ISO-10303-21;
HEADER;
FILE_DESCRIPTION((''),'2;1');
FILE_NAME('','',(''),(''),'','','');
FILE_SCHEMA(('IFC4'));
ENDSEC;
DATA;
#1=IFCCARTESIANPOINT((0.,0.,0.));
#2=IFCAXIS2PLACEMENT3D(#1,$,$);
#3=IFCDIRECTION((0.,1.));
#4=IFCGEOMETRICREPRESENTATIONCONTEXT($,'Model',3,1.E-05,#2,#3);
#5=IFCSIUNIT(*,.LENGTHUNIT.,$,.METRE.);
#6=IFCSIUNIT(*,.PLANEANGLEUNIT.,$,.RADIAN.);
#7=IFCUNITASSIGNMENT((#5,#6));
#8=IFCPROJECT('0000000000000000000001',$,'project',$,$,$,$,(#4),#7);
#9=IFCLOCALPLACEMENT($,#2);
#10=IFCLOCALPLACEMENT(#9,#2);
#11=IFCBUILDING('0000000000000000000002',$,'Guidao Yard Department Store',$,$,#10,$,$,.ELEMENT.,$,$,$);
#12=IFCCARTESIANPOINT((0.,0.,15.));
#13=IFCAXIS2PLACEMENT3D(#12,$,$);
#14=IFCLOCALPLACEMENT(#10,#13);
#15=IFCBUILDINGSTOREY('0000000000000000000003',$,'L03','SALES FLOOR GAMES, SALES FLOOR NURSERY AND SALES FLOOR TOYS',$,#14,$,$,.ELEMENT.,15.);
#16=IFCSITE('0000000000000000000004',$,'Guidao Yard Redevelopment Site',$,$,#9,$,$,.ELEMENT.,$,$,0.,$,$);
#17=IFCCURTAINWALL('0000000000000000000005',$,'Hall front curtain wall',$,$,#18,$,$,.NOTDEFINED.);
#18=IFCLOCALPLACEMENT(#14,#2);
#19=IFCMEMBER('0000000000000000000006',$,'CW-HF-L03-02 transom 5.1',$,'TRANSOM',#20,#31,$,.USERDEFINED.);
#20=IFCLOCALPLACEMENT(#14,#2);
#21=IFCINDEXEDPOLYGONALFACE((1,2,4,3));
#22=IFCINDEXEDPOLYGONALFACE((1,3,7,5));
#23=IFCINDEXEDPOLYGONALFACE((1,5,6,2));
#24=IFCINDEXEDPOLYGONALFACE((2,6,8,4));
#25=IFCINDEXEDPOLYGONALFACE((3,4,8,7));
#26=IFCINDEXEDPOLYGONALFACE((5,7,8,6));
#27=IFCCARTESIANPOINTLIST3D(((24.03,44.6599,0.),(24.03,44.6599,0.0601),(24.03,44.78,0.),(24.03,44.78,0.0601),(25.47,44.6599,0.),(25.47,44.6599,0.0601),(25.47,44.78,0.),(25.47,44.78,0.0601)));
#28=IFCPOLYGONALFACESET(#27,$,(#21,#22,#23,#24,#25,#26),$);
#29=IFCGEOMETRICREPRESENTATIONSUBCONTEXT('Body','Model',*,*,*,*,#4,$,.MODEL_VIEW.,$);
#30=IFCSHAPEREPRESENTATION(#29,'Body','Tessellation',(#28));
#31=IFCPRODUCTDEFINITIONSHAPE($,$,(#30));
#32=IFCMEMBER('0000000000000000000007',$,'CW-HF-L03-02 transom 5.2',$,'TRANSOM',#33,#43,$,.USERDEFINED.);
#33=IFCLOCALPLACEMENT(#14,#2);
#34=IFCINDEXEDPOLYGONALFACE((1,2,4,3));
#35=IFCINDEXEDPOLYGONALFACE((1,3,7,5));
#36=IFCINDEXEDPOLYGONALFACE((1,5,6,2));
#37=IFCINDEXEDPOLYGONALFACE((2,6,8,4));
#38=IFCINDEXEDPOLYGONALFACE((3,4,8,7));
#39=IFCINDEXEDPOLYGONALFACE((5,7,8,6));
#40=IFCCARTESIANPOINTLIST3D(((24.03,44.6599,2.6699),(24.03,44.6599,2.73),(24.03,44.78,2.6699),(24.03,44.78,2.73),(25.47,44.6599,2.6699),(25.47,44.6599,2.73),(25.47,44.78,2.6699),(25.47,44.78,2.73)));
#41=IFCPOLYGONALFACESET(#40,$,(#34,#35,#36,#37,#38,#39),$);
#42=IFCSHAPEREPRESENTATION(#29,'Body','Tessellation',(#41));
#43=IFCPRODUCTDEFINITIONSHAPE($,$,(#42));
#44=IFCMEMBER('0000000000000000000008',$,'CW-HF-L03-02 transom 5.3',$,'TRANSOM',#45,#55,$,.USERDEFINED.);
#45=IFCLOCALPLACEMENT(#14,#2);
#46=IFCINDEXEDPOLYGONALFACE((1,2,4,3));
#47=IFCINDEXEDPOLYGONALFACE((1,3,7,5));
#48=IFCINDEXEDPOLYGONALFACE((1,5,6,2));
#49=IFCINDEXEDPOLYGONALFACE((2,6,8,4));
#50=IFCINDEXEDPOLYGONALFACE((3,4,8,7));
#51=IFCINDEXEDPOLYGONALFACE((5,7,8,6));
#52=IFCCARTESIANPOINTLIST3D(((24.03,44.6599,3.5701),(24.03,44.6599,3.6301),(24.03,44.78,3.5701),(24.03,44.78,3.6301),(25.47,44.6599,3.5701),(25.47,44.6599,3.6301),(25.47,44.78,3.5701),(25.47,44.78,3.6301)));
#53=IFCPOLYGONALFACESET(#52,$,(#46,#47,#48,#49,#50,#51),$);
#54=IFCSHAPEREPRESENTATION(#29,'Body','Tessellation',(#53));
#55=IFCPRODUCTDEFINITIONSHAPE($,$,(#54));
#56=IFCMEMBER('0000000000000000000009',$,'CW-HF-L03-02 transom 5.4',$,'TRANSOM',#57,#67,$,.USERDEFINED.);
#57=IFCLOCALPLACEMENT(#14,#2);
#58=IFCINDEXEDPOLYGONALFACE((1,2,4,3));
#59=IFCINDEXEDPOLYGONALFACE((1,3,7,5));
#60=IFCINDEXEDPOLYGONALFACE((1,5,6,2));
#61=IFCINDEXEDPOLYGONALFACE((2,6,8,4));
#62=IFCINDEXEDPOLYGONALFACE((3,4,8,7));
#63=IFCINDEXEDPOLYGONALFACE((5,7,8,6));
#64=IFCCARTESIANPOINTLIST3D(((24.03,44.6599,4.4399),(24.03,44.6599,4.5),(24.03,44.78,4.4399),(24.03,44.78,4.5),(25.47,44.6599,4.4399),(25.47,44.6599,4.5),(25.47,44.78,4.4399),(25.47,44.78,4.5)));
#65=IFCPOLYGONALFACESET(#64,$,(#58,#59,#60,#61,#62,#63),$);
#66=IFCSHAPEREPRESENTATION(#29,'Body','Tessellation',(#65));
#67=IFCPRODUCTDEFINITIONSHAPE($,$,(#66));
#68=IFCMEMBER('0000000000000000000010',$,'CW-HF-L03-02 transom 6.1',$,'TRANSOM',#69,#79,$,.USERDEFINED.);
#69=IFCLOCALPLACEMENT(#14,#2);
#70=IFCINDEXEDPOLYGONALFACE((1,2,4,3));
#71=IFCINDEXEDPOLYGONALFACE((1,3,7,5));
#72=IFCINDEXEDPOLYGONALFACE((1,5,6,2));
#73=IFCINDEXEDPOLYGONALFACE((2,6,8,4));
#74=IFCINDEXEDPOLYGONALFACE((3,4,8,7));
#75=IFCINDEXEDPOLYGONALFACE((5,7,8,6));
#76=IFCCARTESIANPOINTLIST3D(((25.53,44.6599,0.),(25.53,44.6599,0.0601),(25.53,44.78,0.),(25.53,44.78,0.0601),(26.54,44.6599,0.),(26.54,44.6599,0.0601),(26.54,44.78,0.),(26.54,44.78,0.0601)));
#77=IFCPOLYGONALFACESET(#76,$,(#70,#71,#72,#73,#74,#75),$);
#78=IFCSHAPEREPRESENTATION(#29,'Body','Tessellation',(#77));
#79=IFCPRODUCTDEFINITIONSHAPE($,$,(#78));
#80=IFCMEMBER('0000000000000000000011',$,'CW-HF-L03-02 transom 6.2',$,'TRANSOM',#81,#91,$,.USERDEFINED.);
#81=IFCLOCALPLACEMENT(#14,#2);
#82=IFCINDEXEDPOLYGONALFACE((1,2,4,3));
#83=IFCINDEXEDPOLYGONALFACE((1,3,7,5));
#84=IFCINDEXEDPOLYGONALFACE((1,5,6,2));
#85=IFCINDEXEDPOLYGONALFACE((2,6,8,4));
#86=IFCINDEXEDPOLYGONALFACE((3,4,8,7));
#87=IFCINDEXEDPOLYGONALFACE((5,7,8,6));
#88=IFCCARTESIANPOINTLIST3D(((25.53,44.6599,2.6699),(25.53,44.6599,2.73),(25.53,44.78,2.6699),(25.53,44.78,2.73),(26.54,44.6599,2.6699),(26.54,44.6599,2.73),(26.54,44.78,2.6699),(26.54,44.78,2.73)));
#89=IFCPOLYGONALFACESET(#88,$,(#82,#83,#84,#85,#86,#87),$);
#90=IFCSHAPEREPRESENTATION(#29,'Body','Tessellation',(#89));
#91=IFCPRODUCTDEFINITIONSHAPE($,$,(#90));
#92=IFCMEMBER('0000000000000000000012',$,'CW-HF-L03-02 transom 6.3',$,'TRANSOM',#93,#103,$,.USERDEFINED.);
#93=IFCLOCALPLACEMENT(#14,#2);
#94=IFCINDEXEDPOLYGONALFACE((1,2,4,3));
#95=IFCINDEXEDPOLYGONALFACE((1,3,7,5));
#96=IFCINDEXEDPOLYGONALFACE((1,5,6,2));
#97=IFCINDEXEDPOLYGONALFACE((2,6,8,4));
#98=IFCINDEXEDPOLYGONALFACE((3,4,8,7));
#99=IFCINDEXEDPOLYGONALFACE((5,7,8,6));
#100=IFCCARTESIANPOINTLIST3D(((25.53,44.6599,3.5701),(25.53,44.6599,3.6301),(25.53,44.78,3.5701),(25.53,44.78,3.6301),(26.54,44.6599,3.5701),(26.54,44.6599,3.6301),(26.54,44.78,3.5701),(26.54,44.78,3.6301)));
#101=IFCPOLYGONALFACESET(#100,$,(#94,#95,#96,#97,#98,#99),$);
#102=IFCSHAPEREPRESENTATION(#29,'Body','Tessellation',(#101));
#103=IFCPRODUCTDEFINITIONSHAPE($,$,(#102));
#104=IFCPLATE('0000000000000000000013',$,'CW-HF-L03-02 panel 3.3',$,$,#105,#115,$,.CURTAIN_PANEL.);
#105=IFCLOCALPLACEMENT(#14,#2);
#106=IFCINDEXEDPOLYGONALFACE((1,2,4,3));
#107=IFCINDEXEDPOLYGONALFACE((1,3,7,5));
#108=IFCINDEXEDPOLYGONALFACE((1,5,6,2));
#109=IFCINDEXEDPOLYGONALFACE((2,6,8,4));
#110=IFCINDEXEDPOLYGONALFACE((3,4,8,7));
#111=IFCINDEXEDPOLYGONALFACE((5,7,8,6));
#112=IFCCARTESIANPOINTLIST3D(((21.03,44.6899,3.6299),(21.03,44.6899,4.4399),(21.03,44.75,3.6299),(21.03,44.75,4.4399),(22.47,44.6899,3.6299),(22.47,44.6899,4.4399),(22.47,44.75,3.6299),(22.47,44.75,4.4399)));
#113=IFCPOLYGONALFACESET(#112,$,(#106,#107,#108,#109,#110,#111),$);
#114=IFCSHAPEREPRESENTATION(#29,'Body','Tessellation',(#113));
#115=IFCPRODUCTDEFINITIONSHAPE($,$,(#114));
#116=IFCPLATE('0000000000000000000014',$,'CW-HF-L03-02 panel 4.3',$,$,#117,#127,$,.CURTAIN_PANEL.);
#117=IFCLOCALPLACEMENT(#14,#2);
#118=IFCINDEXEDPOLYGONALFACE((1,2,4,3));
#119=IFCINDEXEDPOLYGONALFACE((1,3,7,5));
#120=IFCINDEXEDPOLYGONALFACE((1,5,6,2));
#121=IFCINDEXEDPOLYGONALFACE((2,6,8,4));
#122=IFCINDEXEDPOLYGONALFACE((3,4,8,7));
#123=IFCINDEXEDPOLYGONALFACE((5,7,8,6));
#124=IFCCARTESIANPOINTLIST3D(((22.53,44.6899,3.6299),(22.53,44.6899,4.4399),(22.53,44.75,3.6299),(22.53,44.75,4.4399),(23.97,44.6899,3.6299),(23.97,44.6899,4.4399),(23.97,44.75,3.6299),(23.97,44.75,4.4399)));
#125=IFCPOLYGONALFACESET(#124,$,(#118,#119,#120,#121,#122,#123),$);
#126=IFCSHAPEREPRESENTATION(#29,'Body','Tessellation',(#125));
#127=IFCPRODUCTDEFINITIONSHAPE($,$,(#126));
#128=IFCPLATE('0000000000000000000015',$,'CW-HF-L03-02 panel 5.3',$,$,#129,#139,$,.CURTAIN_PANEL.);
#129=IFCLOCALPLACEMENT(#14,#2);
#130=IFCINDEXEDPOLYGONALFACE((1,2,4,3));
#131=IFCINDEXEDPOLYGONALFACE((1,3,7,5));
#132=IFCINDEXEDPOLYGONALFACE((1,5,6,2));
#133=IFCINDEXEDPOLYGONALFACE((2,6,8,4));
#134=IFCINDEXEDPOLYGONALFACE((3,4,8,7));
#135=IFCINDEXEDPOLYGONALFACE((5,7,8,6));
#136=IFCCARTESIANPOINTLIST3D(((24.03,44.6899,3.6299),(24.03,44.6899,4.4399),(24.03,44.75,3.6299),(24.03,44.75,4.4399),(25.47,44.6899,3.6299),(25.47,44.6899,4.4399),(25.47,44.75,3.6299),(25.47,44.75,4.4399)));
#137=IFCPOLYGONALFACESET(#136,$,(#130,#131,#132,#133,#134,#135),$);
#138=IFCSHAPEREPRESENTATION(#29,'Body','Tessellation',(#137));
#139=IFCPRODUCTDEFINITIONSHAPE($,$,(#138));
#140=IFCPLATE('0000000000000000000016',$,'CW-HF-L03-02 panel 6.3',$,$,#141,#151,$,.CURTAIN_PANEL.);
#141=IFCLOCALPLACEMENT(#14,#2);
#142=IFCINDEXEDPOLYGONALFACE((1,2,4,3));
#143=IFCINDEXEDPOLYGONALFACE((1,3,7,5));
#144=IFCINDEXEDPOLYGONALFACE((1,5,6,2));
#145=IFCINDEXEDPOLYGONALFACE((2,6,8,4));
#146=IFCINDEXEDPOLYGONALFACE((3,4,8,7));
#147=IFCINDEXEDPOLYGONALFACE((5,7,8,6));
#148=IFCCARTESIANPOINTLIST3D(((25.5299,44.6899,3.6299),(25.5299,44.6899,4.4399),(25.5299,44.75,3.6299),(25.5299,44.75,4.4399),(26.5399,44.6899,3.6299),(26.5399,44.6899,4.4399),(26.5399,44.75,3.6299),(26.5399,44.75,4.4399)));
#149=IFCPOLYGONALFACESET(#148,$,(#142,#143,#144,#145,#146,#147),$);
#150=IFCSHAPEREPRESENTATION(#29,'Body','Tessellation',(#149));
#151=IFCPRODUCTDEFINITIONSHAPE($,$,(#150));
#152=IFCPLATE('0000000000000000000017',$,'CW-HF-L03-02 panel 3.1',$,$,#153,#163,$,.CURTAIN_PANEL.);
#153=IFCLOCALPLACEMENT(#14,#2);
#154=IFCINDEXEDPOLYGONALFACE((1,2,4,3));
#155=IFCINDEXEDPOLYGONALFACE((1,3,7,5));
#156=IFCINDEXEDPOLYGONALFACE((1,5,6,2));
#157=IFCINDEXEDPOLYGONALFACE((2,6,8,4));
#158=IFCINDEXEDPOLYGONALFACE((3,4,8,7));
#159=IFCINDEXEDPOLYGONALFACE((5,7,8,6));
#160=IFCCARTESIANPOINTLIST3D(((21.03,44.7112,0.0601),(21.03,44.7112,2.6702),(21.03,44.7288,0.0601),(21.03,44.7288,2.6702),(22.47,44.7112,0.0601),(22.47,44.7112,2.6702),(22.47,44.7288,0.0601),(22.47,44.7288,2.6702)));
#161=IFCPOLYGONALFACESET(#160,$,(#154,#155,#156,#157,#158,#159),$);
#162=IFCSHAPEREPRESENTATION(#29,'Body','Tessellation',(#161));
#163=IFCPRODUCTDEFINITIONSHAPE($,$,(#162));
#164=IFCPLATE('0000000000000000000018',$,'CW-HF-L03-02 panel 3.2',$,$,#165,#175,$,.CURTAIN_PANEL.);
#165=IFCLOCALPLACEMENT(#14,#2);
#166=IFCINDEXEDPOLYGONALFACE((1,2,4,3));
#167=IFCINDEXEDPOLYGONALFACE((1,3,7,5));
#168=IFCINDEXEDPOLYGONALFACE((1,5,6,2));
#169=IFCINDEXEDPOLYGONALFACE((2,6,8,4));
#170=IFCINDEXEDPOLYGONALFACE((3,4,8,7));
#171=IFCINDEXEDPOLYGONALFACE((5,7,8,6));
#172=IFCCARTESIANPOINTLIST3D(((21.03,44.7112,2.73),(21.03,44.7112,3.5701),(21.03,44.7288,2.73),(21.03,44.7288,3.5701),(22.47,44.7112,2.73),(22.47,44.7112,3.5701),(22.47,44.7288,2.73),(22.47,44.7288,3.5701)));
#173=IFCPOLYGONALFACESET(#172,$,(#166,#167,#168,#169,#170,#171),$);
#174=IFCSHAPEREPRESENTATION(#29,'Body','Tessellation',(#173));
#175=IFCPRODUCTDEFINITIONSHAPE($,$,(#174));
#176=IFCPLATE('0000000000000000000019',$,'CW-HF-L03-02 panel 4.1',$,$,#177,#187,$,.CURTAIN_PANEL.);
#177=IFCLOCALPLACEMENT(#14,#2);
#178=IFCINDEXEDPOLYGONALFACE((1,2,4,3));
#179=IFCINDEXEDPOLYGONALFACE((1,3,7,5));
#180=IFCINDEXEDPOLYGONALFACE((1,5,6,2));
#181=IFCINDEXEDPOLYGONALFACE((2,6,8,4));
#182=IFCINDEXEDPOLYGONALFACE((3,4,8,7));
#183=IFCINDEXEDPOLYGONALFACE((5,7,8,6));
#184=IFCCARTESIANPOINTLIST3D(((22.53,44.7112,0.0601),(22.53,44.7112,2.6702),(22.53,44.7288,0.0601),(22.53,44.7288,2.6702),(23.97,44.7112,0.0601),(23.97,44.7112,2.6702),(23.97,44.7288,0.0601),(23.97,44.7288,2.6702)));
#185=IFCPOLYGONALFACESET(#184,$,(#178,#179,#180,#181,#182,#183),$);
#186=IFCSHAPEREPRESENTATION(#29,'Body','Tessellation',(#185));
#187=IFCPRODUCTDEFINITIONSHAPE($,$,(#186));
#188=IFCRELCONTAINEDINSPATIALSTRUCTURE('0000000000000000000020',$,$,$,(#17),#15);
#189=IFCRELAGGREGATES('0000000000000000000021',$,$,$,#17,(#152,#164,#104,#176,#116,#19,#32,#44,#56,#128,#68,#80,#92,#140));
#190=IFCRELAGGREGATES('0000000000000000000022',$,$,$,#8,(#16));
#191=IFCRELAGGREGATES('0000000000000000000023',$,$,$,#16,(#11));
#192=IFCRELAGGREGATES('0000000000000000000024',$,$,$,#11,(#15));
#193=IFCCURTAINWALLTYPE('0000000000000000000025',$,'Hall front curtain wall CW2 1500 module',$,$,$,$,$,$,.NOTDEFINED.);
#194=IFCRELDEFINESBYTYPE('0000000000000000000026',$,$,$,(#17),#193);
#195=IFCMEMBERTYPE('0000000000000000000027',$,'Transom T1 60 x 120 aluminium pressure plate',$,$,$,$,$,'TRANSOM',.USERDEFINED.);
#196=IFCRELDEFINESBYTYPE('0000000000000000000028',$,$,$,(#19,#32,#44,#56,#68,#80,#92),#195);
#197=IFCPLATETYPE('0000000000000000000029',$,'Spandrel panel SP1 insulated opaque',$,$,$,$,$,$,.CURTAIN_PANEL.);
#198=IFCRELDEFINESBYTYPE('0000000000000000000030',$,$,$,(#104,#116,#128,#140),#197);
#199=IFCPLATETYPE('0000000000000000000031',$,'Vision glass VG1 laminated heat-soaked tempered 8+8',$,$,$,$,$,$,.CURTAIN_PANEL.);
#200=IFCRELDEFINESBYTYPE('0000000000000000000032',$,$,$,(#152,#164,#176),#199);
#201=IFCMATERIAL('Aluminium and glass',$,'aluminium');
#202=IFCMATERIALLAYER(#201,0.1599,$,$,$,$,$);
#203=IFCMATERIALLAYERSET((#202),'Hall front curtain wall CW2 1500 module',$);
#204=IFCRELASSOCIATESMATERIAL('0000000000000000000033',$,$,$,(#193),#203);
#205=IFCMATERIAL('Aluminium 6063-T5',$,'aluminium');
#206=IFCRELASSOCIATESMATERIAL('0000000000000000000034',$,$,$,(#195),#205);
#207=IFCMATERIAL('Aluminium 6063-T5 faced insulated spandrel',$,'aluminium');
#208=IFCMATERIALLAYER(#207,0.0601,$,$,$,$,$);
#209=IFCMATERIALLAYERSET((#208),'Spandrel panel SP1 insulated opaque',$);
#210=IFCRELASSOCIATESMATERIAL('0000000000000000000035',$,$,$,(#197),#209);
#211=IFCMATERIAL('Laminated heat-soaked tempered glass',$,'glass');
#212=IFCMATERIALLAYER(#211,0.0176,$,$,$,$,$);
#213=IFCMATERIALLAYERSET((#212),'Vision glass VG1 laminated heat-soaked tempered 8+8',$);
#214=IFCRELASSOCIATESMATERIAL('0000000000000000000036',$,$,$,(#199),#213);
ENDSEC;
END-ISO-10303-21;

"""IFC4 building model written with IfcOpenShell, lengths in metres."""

from ifc_helpers import new_model, si_unit, direction, frame, origin, origin_2d, place, context, subcontext, project, spatial, rectangle, extrude, material, layer, layer_set, material_profile, profile_set, type_object, element, aggregate, save


model = new_model("IFC4")

# Units and contexts
model_context = context("Model", 3, precision=1e-05, world=origin(), true_north=direction((0.0, 1.0)))
body_context = subcontext(model_context, "Body", "Model", "MODEL_VIEW")
ifc_project = project(units=[si_unit("LENGTHUNIT", "METRE"), si_unit("PLANEANGLEUNIT", "RADIAN")], contexts=[model_context])

# Site, building, storey
site_placement = place(None, origin())
site = spatial("IfcSite", under=ifc_project, at=site_placement, Name="Guidao Yard Redevelopment Site", CompositionType="ELEMENT", RefElevation=0.0)
building_placement = place(site_placement, origin())
building = spatial("IfcBuilding", under=site, at=building_placement, Name="Guidao Yard Department Store", CompositionType="ELEMENT")
storey_placement = place(building_placement, frame((0.0, 0.0, 15.0)))
storey = spatial("IfcBuildingStorey", under=building, at=storey_placement, Name="L03", Description="SALES FLOOR GAMES, SALES FLOOR NURSERY AND SALES FLOOR TOYS", CompositionType="ELEMENT", Elevation=15.0)

# Curtain wall, members, plates
ifc_material_1 = material(Name="Aluminium and glass", Category="aluminium")
ifc_layer_1 = layer(ifc_material_1, 0.1599)
ifc_layer_set_1 = layer_set([ifc_layer_1], Name="Hall front curtain wall CW2 1500 module")
curtain_wall_type = type_object("IfcCurtainWallType", Name="Hall front curtain wall CW2 1500 module", PredefinedType="NOTDEFINED", material=ifc_layer_set_1)
curtain_wall_placement = place(storey_placement, origin())
curtain_wall = element("IfcCurtainWall", 1, at=curtain_wall_placement, inside=storey, type_object=curtain_wall_type, Name="Hall front curtain wall", PredefinedType="NOTDEFINED")
ifc_material_2 = material(Name="Aluminium 6063-T5", Category="aluminium")
ifc_material_profile_1 = material_profile(ifc_material_2, rectangle(XDim=0.1201, YDim=0.0601, at=origin_2d()), Name="Transom T1 60 x 120 aluminium pressure plate")
ifc_profile_set_1 = profile_set([ifc_material_profile_1], Name="Aluminium 6063-T5")
member_type_1 = type_object("IfcMemberType", Name="Transom T1 60 x 120 aluminium pressure plate", ElementType="TRANSOM", PredefinedType="USERDEFINED", material=ifc_profile_set_1)
member_1_placement = place(storey_placement, frame((25.47, 44.72, 0.03), z_axis=(-1.0, 0.0, 0.0), x_axis=(0.0, -1.0, 0.0)))
member_1 = element("IfcMember", 2, at=member_1_placement, type_object=member_type_1, Name="CW-HF-L03-02 transom 5.1", ObjectType="TRANSOM", PredefinedType="USERDEFINED", context=body_context, shape_type="SweptSolid", body=[
    extrude(rectangle(XDim=0.1201, YDim=0.0601, at=origin_2d()), origin(), (0.0, 0.0, 1.0), 1.4399),
])
member_2_placement = place(storey_placement, frame((25.47, 44.72, 2.7), z_axis=(-1.0, 0.0, 0.0), x_axis=(0.0, -1.0, 0.0)))
member_2 = element("IfcMember", 3, at=member_2_placement, type_object=member_type_1, Name="CW-HF-L03-02 transom 5.2", ObjectType="TRANSOM", PredefinedType="USERDEFINED", context=body_context, shape_type="SweptSolid", body=[
    extrude(rectangle(XDim=0.1201, YDim=0.0601, at=origin_2d()), origin(), (0.0, 0.0, 1.0), 1.4399),
])
member_3_placement = place(storey_placement, frame((25.47, 44.72, 3.6001), z_axis=(-1.0, 0.0, 0.0), x_axis=(0.0, -1.0, 0.0)))
member_3 = element("IfcMember", 4, at=member_3_placement, type_object=member_type_1, Name="CW-HF-L03-02 transom 5.3", ObjectType="TRANSOM", PredefinedType="USERDEFINED", context=body_context, shape_type="SweptSolid", body=[
    extrude(rectangle(XDim=0.1201, YDim=0.0601, at=origin_2d()), origin(), (0.0, 0.0, 1.0), 1.4399),
])
member_4_placement = place(storey_placement, frame((25.47, 44.72, 4.47), z_axis=(-1.0, 0.0, 0.0), x_axis=(0.0, -1.0, 0.0)))
member_4 = element("IfcMember", 5, at=member_4_placement, type_object=member_type_1, Name="CW-HF-L03-02 transom 5.4", ObjectType="TRANSOM", PredefinedType="USERDEFINED", context=body_context, shape_type="SweptSolid", body=[
    extrude(rectangle(XDim=0.1201, YDim=0.0601, at=origin_2d()), origin(), (0.0, 0.0, 1.0), 1.4399),
])
member_5_placement = place(storey_placement, frame((26.54, 44.72, 0.03), z_axis=(-1.0, 0.0, 0.0), x_axis=(0.0, -1.0, 0.0)))
member_5 = element("IfcMember", 6, at=member_5_placement, type_object=member_type_1, Name="CW-HF-L03-02 transom 6.1", ObjectType="TRANSOM", PredefinedType="USERDEFINED", context=body_context, shape_type="SweptSolid", body=[
    extrude(rectangle(XDim=0.1201, YDim=0.0601, at=origin_2d()), origin(), (0.0, 0.0, 1.0), 1.01),
])
member_6_placement = place(storey_placement, frame((26.54, 44.72, 2.7), z_axis=(-1.0, 0.0, 0.0), x_axis=(0.0, -1.0, 0.0)))
member_6 = element("IfcMember", 7, at=member_6_placement, type_object=member_type_1, Name="CW-HF-L03-02 transom 6.2", ObjectType="TRANSOM", PredefinedType="USERDEFINED", context=body_context, shape_type="SweptSolid", body=[
    extrude(rectangle(XDim=0.1201, YDim=0.0601, at=origin_2d()), origin(), (0.0, 0.0, 1.0), 1.01),
])
member_7_placement = place(storey_placement, frame((26.54, 44.72, 3.6001), z_axis=(-1.0, 0.0, 0.0), x_axis=(0.0, -1.0, 0.0)))
member_7 = element("IfcMember", 8, at=member_7_placement, type_object=member_type_1, Name="CW-HF-L03-02 transom 6.3", ObjectType="TRANSOM", PredefinedType="USERDEFINED", context=body_context, shape_type="SweptSolid", body=[
    extrude(rectangle(XDim=0.1201, YDim=0.0601, at=origin_2d()), origin(), (0.0, 0.0, 1.0), 1.01),
])
ifc_material_3 = material(Name="Aluminium 6063-T5 faced insulated spandrel", Category="aluminium")
ifc_layer_2 = layer(ifc_material_3, 0.0601)
ifc_layer_set_2 = layer_set([ifc_layer_2], Name="Spandrel panel SP1 insulated opaque")
plate_type_1 = type_object("IfcPlateType", Name="Spandrel panel SP1 insulated opaque", PredefinedType="CURTAIN_PANEL", material=ifc_layer_set_2)
plate_1_placement = place(storey_placement, frame((21.75, 44.72, 3.6299), z_axis=(0.0, 0.0, 1.0), x_axis=(-1.0, 0.0, 0.0)))
plate_1 = element("IfcPlate", 9, at=plate_1_placement, type_object=plate_type_1, Name="CW-HF-L03-02 panel 3.3", PredefinedType="CURTAIN_PANEL", context=body_context, shape_type="SweptSolid", body=[
    extrude(rectangle(XDim=1.4399, YDim=0.0601, at=origin_2d()), origin(), (0.0, 0.0, 1.0), 0.8101),
])
plate_2_placement = place(storey_placement, frame((23.25, 44.72, 3.6299), z_axis=(0.0, 0.0, 1.0), x_axis=(-1.0, 0.0, 0.0)))
plate_2 = element("IfcPlate", 10, at=plate_2_placement, type_object=plate_type_1, Name="CW-HF-L03-02 panel 4.3", PredefinedType="CURTAIN_PANEL", context=body_context, shape_type="SweptSolid", body=[
    extrude(rectangle(XDim=1.4399, YDim=0.0601, at=origin_2d()), origin(), (0.0, 0.0, 1.0), 0.8101),
])
plate_3_placement = place(storey_placement, frame((24.75, 44.72, 3.6299), z_axis=(0.0, 0.0, 1.0), x_axis=(-1.0, 0.0, 0.0)))
plate_3 = element("IfcPlate", 11, at=plate_3_placement, type_object=plate_type_1, Name="CW-HF-L03-02 panel 5.3", PredefinedType="CURTAIN_PANEL", context=body_context, shape_type="SweptSolid", body=[
    extrude(rectangle(XDim=1.4399, YDim=0.0601, at=origin_2d()), origin(), (0.0, 0.0, 1.0), 0.8101),
])
plate_4_placement = place(storey_placement, frame((26.0349, 44.72, 3.6299), z_axis=(0.0, 0.0, 1.0), x_axis=(-1.0, 0.0, 0.0)))
plate_4 = element("IfcPlate", 12, at=plate_4_placement, type_object=plate_type_1, Name="CW-HF-L03-02 panel 6.3", PredefinedType="CURTAIN_PANEL", context=body_context, shape_type="SweptSolid", body=[
    extrude(rectangle(XDim=1.01, YDim=0.0601, at=origin_2d()), origin(), (0.0, 0.0, 1.0), 0.8101),
])
ifc_material_4 = material(Name="Laminated heat-soaked tempered glass", Category="glass")
ifc_layer_3 = layer(ifc_material_4, 0.0176)
ifc_layer_set_3 = layer_set([ifc_layer_3], Name="Vision glass VG1 laminated heat-soaked tempered 8+8")
plate_type_2 = type_object("IfcPlateType", Name="Vision glass VG1 laminated heat-soaked tempered 8+8", PredefinedType="CURTAIN_PANEL", material=ifc_layer_set_3)
plate_5_placement = place(storey_placement, frame((21.75, 44.72, 0.0601), z_axis=(0.0, 0.0, 1.0), x_axis=(-1.0, 0.0, 0.0)))
plate_5 = element("IfcPlate", 13, at=plate_5_placement, type_object=plate_type_2, Name="CW-HF-L03-02 panel 3.1", PredefinedType="CURTAIN_PANEL", context=body_context, shape_type="SweptSolid", body=[
    extrude(rectangle(XDim=1.4399, YDim=0.0176, at=origin_2d()), origin(), (0.0, 0.0, 1.0), 2.6101),
])
plate_6_placement = place(storey_placement, frame((21.75, 44.72, 2.73), z_axis=(0.0, 0.0, 1.0), x_axis=(-1.0, 0.0, 0.0)))
plate_6 = element("IfcPlate", 14, at=plate_6_placement, type_object=plate_type_2, Name="CW-HF-L03-02 panel 3.2", PredefinedType="CURTAIN_PANEL", context=body_context, shape_type="SweptSolid", body=[
    extrude(rectangle(XDim=1.4399, YDim=0.0176, at=origin_2d()), origin(), (0.0, 0.0, 1.0), 0.8401),
])
plate_7_placement = place(storey_placement, frame((23.25, 44.72, 0.0601), z_axis=(0.0, 0.0, 1.0), x_axis=(-1.0, 0.0, 0.0)))
plate_7 = element("IfcPlate", 15, at=plate_7_placement, type_object=plate_type_2, Name="CW-HF-L03-02 panel 4.1", PredefinedType="CURTAIN_PANEL", context=body_context, shape_type="SweptSolid", body=[
    extrude(rectangle(XDim=1.4399, YDim=0.0176, at=origin_2d()), origin(), (0.0, 0.0, 1.0), 2.6101),
])
aggregate(curtain_wall, [plate_5, plate_6, plate_1, plate_7, plate_2, member_1, member_2, member_3, member_4, plate_3, member_5, member_6, member_7, plate_4])

save(model, "model.ifc")
